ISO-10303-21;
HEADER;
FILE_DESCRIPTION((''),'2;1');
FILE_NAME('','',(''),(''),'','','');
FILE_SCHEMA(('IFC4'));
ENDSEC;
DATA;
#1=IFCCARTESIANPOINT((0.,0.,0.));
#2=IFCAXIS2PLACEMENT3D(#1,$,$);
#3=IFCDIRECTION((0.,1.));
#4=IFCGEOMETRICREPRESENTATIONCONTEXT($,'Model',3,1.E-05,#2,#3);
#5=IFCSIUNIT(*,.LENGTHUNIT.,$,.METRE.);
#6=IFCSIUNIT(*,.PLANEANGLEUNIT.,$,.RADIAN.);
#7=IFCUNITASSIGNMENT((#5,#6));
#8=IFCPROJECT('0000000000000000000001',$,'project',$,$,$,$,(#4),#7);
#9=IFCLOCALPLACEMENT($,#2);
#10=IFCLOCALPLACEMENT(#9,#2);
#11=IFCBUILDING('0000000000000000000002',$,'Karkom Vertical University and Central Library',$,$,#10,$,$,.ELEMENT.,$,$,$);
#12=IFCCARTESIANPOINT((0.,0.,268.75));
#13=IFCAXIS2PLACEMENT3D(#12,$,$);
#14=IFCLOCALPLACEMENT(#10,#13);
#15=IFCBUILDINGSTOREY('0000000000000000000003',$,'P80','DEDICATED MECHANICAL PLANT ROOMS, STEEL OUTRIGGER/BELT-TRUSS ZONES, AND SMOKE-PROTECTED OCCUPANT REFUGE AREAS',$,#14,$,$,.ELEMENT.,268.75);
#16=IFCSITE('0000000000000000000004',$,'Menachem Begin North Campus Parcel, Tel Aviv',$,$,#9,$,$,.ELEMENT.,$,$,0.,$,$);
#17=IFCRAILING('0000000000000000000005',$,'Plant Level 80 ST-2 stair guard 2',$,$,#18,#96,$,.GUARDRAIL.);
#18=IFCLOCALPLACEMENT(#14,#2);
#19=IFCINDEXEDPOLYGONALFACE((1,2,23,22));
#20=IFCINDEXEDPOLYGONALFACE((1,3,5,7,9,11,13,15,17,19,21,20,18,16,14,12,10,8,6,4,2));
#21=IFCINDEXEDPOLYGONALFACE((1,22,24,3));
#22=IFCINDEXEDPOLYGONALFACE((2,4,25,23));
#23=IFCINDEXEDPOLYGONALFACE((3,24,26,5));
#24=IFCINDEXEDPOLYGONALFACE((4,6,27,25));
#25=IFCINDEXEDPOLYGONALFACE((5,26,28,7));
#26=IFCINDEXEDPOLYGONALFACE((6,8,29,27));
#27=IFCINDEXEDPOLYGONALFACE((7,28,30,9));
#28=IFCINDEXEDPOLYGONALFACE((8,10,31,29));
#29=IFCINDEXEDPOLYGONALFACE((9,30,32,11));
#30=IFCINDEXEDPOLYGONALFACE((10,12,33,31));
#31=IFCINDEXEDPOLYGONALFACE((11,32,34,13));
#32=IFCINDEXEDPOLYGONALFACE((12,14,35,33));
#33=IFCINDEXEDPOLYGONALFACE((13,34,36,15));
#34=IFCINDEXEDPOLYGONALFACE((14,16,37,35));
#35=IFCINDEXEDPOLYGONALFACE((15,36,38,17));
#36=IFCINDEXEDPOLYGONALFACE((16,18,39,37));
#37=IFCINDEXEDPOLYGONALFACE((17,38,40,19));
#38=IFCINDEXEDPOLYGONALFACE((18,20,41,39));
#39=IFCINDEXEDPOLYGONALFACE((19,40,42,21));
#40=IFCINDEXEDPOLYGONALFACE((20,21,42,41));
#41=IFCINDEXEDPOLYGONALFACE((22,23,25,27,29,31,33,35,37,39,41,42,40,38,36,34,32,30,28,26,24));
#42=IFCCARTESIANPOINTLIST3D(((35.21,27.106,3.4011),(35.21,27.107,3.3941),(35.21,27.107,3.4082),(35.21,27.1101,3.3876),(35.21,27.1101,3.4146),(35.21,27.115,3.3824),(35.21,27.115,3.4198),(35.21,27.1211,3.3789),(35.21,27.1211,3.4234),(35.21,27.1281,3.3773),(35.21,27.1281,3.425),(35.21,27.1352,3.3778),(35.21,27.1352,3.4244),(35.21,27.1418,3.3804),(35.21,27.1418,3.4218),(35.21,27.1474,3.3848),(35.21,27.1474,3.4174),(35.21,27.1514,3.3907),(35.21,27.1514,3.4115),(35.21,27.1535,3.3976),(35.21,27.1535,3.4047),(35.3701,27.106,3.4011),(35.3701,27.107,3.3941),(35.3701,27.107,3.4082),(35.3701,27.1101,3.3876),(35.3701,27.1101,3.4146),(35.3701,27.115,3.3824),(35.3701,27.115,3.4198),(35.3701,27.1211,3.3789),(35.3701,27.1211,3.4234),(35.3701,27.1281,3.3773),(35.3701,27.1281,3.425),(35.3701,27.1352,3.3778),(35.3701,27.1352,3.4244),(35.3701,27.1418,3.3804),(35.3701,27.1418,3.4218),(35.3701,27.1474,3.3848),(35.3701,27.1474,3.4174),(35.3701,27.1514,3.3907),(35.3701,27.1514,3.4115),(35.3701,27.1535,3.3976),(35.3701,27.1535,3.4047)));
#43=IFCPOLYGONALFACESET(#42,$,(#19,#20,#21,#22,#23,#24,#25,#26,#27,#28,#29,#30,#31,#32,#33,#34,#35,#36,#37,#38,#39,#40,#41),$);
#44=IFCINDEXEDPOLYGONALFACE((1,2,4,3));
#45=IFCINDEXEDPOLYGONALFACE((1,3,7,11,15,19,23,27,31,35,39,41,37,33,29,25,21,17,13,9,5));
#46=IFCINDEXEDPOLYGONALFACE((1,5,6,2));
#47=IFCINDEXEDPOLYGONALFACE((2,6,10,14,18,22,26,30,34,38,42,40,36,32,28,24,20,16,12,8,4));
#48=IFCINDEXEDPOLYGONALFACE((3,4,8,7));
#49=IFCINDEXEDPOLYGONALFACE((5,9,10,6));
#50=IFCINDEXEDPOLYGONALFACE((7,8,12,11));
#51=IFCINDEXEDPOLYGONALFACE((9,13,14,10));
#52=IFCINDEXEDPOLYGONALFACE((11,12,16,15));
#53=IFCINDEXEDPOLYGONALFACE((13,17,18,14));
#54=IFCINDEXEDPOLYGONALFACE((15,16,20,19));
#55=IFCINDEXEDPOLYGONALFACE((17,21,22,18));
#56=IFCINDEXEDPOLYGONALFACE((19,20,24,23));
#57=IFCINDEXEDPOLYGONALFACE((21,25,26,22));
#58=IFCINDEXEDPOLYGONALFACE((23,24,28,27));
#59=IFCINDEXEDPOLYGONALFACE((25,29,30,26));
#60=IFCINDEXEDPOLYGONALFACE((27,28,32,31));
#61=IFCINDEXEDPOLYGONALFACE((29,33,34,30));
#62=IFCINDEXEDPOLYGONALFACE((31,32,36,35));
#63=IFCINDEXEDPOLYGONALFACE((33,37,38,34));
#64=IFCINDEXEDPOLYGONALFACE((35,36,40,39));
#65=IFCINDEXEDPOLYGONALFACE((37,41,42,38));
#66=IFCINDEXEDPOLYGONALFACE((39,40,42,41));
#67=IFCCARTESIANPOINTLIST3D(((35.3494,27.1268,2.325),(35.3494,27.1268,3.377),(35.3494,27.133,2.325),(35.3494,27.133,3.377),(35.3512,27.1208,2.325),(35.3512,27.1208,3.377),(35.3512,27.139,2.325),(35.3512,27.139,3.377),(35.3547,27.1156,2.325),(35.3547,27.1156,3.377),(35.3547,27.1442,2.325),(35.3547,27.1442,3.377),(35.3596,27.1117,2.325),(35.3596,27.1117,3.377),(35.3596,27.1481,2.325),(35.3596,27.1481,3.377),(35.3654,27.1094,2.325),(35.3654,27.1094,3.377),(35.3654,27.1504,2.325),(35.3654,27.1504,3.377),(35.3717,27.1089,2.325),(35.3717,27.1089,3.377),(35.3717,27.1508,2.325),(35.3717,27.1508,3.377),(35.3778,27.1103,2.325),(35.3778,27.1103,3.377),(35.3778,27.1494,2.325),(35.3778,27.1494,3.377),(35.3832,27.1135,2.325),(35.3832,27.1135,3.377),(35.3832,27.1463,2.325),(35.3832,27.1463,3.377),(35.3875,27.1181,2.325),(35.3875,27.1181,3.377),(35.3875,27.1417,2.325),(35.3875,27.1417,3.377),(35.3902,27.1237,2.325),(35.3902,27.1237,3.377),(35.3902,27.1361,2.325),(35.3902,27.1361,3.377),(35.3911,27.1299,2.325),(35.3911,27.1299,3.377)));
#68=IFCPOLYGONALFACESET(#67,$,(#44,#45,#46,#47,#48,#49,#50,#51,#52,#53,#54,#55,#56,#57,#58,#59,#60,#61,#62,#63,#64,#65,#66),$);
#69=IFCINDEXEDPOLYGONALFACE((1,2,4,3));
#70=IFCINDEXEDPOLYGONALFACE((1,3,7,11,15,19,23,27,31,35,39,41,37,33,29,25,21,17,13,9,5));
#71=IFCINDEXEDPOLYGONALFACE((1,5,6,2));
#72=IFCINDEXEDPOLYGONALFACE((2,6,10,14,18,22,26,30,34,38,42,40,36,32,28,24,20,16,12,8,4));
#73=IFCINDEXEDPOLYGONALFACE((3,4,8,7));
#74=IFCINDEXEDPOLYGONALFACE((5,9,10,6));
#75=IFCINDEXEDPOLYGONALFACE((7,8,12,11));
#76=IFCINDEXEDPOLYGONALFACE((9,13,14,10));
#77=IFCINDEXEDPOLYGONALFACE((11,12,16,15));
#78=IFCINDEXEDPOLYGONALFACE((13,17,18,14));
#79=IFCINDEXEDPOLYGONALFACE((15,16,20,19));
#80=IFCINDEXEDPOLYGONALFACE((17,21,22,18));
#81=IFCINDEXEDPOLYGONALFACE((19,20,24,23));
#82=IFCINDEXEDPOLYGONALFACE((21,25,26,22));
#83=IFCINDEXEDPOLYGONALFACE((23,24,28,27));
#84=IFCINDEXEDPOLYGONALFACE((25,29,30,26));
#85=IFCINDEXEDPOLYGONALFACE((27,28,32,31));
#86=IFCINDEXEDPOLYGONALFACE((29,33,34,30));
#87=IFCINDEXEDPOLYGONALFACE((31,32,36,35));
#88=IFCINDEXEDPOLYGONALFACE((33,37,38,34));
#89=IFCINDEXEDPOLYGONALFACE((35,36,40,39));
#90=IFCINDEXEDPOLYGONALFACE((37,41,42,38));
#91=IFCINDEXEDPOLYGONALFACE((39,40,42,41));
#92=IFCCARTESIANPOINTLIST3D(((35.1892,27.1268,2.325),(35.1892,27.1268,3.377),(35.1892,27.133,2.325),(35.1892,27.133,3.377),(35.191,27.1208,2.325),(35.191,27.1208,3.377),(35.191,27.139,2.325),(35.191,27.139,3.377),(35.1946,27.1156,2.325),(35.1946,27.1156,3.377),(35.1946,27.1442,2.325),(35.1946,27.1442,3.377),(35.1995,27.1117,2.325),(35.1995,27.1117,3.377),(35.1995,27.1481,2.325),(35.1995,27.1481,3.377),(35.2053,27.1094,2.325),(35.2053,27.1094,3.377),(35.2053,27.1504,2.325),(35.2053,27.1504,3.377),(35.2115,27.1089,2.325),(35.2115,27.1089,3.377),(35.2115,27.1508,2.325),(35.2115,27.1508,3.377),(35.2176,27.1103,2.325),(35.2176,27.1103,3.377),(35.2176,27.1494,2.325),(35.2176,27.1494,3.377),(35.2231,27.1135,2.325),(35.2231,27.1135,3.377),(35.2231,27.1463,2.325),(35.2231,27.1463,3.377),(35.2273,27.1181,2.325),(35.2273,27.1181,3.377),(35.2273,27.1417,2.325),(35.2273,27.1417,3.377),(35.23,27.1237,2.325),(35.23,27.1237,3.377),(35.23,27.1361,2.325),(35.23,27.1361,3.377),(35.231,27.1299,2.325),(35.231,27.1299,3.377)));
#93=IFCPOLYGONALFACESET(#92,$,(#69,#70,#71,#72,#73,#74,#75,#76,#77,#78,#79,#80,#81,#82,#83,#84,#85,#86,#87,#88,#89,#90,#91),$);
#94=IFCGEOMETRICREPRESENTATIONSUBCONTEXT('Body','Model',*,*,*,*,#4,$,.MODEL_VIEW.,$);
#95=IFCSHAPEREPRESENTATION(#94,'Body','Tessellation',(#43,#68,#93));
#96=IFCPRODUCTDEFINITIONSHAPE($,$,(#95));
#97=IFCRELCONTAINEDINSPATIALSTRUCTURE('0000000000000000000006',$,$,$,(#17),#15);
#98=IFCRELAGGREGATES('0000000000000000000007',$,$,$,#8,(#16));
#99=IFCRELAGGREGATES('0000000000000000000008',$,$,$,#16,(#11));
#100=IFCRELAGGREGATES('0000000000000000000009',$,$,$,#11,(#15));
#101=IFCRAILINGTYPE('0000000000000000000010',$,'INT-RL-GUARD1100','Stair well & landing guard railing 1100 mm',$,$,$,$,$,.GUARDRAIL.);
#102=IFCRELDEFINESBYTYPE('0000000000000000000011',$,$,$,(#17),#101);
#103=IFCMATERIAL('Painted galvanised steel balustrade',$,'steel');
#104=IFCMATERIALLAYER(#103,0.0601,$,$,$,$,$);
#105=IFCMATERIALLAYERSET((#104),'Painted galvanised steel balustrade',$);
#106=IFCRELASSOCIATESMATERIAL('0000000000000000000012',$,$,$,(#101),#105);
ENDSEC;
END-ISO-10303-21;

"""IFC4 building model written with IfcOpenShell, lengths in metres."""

from ifc_helpers import new_model, si_unit, direction, frame, origin, origin_2d, place, context, subcontext, project, spatial, circle, extrude, material, layer, layer_set, type_object, element, save


model = new_model("IFC4")

# Units and contexts
model_context = context("Model", 3, precision=1e-05, world=origin(), true_north=direction((0.0, 1.0)))
body_context = subcontext(model_context, "Body", "Model", "MODEL_VIEW")
ifc_project = project(units=[si_unit("LENGTHUNIT", "METRE"), si_unit("PLANEANGLEUNIT", "RADIAN")], contexts=[model_context])

# Site, building, storey
site_placement = place(None, origin())
site = spatial("IfcSite", under=ifc_project, at=site_placement, Name="Menachem Begin North Campus Parcel, Tel Aviv", CompositionType="ELEMENT", RefElevation=0.0)
building_placement = place(site_placement, origin())
building = spatial("IfcBuilding", under=site, at=building_placement, Name="Karkom Vertical University and Central Library", CompositionType="ELEMENT")
storey_placement = place(building_placement, frame((0.0, 0.0, 268.75)))
storey = spatial("IfcBuildingStorey", under=building, at=storey_placement, Name="P80", Description="DEDICATED MECHANICAL PLANT ROOMS, STEEL OUTRIGGER/BELT-TRUSS ZONES, AND SMOKE-PROTECTED OCCUPANT REFUGE AREAS", CompositionType="ELEMENT", Elevation=268.75)

# Railing
ifc_material_1 = material(Name="Painted galvanised steel balustrade", Category="steel")
ifc_layer_1 = layer(ifc_material_1, 0.0601)
ifc_layer_set_1 = layer_set([ifc_layer_1], Name="Painted galvanised steel balustrade")
railing_type_1 = type_object("IfcRailingType", Name="INT-RL-GUARD1100", Description="Stair well & landing guard railing 1100 mm", PredefinedType="GUARDRAIL", material=ifc_layer_set_1)
railing_1_placement = place(storey_placement, frame((35.3701, 27.1299, 2.325)))
element("IfcRailing", 1, at=railing_1_placement, inside=storey, type_object=railing_type_1, Name="Plant Level 80 ST-2 stair guard 2", PredefinedType="GUARDRAIL", context=body_context, shape_type="SweptSolid", body=[
    extrude(circle(Radius=0.0239, at=origin_2d()), frame((0.0, 0.0, 1.0762), z_axis=(-1.0, 0.0, 0.0), x_axis=(0.0, -1.0, 0.0)), (0.0, 0.0, 1.0), 0.1602),
    extrude(circle(Radius=0.021, at=origin_2d()), origin(), (0.0, 0.0, 1.0), 1.052),
    extrude(circle(Radius=0.021, at=origin_2d()), frame((-0.1602, 0.0, 0.0)), (0.0, 0.0, 1.0), 1.052),
])

save(model, "model.ifc")
